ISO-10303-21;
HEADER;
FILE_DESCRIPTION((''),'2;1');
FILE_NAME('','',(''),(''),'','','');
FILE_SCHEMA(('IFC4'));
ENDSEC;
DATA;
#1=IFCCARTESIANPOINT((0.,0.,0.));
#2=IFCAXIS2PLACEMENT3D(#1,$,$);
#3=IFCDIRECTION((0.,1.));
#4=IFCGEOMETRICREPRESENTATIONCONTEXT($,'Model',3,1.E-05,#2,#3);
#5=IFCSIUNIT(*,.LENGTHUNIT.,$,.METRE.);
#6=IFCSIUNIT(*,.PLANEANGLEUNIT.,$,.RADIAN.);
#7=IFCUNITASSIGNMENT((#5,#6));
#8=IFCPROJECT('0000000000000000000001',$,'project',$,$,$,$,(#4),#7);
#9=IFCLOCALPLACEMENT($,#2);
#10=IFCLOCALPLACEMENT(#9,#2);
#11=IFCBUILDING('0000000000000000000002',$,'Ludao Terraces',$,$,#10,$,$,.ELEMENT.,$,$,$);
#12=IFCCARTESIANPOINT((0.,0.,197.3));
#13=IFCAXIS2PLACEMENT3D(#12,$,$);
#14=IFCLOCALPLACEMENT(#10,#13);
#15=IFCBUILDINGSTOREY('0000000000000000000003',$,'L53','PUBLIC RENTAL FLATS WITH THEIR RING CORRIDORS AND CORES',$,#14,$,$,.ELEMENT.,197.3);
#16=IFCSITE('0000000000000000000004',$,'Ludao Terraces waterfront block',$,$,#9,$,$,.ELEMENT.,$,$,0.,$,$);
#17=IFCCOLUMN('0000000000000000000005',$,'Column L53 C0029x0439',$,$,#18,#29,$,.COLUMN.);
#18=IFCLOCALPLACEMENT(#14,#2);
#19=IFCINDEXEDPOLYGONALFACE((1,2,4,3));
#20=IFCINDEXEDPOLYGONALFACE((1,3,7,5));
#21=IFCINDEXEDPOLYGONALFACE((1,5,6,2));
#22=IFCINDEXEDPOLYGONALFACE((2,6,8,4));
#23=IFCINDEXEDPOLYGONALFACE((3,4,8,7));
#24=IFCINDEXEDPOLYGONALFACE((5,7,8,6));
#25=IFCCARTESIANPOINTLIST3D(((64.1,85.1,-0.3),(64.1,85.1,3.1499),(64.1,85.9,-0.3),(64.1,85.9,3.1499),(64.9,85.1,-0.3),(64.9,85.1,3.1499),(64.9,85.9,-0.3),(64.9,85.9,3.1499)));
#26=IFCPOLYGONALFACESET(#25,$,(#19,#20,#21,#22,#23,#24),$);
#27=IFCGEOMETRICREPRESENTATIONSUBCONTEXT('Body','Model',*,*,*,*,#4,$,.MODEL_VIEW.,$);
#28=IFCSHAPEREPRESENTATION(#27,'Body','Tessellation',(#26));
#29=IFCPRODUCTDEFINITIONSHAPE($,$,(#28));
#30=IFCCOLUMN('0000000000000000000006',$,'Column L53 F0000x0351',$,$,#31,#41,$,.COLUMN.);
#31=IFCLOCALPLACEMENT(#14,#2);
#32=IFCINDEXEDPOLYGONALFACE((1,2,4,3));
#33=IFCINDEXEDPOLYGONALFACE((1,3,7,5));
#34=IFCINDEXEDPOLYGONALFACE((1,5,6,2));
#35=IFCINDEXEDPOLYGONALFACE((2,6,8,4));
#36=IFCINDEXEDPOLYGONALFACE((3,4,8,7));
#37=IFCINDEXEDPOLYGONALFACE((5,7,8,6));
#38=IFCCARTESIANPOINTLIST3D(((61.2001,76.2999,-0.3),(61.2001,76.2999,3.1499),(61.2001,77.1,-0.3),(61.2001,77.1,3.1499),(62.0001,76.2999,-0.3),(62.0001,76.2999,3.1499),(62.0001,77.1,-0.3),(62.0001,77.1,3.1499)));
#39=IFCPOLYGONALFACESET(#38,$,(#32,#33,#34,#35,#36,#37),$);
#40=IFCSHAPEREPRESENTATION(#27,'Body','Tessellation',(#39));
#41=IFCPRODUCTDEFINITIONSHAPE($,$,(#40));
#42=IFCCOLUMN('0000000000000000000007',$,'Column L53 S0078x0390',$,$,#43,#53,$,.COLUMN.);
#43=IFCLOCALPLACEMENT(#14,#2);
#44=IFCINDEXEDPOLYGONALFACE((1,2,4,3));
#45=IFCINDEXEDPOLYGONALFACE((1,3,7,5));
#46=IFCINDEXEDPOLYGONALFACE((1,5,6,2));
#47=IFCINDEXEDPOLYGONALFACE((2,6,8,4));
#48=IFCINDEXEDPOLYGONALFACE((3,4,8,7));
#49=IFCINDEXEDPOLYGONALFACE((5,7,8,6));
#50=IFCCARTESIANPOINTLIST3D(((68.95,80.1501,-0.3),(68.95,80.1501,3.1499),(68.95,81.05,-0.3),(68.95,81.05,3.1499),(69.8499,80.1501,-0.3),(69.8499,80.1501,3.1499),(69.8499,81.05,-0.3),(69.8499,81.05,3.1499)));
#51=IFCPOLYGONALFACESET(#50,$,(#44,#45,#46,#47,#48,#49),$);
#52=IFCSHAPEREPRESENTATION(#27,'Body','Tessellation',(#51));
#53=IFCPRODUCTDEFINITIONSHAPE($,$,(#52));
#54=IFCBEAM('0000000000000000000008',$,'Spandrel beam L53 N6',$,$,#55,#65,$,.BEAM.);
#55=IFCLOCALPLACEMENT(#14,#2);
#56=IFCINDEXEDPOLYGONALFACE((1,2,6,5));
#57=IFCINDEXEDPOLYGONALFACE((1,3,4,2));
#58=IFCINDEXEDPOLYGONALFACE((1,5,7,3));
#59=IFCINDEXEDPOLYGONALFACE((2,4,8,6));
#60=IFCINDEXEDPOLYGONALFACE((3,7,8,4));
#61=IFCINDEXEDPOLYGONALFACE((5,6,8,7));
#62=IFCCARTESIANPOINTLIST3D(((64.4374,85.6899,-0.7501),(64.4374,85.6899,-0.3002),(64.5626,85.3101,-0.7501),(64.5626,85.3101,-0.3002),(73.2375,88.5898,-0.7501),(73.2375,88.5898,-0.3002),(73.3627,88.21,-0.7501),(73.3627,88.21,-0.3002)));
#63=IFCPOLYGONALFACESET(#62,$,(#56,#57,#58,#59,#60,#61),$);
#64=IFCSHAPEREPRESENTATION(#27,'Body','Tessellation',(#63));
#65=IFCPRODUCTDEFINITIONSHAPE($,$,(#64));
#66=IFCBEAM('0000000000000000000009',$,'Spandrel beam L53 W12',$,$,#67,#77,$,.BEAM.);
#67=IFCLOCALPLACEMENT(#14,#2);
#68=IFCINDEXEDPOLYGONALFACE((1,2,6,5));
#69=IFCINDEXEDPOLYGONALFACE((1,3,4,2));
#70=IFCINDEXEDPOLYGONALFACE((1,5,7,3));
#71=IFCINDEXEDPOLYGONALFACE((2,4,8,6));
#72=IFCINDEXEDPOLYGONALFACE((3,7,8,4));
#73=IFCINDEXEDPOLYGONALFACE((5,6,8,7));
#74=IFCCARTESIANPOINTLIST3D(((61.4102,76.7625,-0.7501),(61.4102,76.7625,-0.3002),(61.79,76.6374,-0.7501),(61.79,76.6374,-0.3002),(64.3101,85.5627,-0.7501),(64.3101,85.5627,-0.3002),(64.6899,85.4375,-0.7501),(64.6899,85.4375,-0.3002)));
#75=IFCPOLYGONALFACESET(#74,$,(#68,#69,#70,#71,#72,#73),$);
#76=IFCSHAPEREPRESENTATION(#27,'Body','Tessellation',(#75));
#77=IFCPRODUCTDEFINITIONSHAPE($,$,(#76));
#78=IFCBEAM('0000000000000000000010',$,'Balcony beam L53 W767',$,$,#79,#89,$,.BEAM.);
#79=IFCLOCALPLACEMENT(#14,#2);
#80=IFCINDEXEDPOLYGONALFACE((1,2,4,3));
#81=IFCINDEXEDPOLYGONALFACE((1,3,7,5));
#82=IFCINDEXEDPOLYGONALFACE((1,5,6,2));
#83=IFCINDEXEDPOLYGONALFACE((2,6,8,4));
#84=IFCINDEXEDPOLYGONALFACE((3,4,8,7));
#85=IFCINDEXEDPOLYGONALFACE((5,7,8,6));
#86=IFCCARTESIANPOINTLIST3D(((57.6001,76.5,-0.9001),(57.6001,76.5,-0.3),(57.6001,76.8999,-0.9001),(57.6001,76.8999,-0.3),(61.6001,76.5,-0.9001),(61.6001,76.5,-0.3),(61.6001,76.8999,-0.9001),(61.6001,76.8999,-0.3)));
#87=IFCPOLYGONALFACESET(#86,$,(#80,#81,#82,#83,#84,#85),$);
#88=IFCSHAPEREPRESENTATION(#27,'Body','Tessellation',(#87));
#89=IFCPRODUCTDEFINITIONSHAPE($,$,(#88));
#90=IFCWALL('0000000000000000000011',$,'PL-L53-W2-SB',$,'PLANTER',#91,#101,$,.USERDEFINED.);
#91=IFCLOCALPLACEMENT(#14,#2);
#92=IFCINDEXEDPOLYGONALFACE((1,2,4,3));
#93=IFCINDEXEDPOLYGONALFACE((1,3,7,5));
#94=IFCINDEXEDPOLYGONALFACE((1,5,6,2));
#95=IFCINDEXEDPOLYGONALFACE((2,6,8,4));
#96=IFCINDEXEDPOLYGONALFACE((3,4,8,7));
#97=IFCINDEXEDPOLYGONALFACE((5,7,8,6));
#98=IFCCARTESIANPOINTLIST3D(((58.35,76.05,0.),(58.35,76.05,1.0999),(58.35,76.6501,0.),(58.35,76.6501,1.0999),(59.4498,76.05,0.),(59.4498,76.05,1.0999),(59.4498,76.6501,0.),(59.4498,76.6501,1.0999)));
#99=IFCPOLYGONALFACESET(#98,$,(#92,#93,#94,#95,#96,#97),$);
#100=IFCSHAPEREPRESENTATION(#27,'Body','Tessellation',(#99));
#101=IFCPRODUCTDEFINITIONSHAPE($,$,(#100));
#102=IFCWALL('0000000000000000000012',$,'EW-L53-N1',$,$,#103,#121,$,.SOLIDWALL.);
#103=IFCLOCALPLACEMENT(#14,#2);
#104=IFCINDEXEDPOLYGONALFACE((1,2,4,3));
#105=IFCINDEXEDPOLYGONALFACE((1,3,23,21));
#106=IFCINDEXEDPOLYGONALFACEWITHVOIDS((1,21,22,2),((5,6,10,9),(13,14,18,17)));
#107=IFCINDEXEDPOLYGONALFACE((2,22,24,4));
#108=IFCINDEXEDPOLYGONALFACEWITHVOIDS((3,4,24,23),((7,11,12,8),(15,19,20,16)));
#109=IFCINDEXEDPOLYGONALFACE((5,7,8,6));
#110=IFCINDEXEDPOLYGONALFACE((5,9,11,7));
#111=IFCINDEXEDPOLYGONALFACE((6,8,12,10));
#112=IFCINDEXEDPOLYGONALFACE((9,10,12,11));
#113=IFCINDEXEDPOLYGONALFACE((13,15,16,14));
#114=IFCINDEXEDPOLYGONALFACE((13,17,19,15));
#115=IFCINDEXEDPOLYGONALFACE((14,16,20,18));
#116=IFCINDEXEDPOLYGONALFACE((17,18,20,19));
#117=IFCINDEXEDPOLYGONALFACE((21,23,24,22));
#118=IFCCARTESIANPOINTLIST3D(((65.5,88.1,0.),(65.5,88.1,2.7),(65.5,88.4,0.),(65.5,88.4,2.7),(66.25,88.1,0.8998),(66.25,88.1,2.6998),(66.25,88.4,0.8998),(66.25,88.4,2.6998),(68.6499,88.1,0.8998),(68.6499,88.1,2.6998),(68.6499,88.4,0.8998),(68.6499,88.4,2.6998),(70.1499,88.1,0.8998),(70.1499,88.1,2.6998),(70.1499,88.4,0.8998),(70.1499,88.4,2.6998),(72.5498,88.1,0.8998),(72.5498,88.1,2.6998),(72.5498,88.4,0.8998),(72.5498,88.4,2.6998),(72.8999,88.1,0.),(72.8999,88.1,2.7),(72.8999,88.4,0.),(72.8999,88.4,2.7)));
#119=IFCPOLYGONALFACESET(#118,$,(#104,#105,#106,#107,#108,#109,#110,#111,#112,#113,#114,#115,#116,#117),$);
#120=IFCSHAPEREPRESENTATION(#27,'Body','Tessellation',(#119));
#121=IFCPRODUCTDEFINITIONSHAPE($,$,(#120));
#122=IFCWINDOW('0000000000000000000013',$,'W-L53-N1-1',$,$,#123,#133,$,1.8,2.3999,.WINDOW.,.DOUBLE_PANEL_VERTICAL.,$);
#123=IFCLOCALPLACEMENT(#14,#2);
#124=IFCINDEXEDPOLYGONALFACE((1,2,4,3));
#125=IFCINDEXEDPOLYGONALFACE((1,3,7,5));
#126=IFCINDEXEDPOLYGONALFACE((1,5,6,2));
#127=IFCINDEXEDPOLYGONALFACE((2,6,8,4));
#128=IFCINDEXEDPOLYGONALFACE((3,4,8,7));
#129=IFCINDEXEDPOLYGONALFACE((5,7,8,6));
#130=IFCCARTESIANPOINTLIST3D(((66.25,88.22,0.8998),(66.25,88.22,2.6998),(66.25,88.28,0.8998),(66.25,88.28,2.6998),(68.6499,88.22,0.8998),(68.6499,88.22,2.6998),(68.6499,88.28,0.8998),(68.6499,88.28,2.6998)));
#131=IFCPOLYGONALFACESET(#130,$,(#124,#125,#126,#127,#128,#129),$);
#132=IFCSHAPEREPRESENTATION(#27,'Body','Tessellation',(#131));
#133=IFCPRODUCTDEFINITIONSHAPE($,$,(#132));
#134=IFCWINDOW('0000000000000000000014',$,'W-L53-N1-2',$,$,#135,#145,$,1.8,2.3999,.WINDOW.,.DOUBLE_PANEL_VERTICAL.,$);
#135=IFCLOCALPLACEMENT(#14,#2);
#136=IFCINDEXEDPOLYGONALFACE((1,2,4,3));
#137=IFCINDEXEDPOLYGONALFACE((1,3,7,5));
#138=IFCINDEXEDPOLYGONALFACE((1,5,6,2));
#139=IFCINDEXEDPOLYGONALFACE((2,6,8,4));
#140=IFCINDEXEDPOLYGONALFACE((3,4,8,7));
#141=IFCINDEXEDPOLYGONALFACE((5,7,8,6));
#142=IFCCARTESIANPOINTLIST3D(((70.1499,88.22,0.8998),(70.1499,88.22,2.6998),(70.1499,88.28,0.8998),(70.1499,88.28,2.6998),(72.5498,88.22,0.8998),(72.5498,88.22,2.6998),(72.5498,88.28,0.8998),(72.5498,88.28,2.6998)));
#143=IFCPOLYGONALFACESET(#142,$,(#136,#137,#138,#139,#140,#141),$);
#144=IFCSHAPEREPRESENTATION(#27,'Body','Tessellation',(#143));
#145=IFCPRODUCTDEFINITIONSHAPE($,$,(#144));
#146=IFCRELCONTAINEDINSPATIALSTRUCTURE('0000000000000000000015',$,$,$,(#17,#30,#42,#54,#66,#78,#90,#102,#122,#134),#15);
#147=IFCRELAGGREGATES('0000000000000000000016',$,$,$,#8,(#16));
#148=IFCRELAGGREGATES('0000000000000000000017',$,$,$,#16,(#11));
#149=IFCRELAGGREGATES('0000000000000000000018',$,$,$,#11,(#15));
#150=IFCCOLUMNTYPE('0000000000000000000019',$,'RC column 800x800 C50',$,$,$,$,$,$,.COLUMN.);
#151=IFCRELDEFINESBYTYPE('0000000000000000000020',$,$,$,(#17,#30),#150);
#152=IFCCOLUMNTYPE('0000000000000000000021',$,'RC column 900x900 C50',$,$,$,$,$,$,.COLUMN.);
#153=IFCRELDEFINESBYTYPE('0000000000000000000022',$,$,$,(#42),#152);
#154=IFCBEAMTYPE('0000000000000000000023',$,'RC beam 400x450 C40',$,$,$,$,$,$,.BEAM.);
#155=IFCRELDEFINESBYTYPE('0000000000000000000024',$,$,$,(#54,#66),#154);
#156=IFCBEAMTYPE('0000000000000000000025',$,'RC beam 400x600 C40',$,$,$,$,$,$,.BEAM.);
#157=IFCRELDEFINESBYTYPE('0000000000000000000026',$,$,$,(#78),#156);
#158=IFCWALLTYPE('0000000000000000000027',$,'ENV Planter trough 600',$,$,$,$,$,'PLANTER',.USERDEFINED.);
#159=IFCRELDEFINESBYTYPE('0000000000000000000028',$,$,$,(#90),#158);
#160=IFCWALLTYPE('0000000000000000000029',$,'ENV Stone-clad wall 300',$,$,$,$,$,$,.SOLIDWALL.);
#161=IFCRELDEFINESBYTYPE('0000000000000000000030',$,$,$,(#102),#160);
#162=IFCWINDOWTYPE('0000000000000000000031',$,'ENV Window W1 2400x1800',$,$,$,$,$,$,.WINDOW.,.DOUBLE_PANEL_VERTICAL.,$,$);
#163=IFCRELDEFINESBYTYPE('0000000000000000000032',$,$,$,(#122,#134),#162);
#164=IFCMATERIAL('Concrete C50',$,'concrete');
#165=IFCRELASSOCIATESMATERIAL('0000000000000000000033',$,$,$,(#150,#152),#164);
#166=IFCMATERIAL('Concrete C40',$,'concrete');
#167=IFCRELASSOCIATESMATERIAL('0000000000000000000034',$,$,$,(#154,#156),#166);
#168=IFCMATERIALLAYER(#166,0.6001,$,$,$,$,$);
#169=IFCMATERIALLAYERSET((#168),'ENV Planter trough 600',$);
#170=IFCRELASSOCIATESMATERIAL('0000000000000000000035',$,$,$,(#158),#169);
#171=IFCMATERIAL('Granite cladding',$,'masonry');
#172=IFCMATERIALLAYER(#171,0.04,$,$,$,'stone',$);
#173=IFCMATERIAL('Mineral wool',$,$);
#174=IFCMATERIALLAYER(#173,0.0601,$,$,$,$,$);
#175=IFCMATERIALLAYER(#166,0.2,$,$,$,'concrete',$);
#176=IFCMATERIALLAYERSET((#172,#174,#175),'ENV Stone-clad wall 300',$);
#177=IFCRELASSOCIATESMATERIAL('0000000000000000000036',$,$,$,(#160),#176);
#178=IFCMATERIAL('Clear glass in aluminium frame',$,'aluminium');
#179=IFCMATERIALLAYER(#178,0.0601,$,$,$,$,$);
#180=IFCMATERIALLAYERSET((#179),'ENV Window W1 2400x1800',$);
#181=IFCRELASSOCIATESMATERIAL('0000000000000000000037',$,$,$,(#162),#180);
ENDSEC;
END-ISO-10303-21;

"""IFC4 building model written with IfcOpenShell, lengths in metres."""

from ifc_helpers import new_model, si_unit, direction, frame, frame_2d, origin, origin_2d, place, context, subcontext, project, spatial, rectangle, extrude, material, layer, layer_set, material_profile, profile_set, type_object, element, fill, save


model = new_model("IFC4")

# Units and contexts
model_context = context("Model", 3, precision=1e-05, world=origin(), true_north=direction((0.0, 1.0)))
body_context = subcontext(model_context, "Body", "Model", "MODEL_VIEW")
ifc_project = project(units=[si_unit("LENGTHUNIT", "METRE"), si_unit("PLANEANGLEUNIT", "RADIAN")], contexts=[model_context])

# Site, building, storey
site_placement = place(None, origin())
site = spatial("IfcSite", under=ifc_project, at=site_placement, Name="Ludao Terraces waterfront block", CompositionType="ELEMENT", RefElevation=0.0)
building_placement = place(site_placement, origin())
building = spatial("IfcBuilding", under=site, at=building_placement, Name="Ludao Terraces", CompositionType="ELEMENT")
storey_placement = place(building_placement, frame((0.0, 0.0, 197.3)))
storey = spatial("IfcBuildingStorey", under=building, at=storey_placement, Name="L53", Description="PUBLIC RENTAL FLATS WITH THEIR RING CORRIDORS AND CORES", CompositionType="ELEMENT", Elevation=197.3)

# Columns
ifc_material_1 = material(Name="Concrete C50", Category="concrete")
ifc_material_profile_1 = material_profile(ifc_material_1, rectangle(XDim=0.8, YDim=0.8, at=origin_2d()), Name="800 X 800")
ifc_profile_set_1 = profile_set([ifc_material_profile_1], Name="Concrete C50")
column_type_1 = type_object("IfcColumnType", Name="RC column 800x800 C50", PredefinedType="COLUMN", material=ifc_profile_set_1)
for number, where, z_axis, x_axis, name in (
    (1, (64.5, 85.5, -0.3), (0.0, 0.0, 1.0), (1.0, 0.0, 0.0), "Column L53 C0029x0439"),
    (2, (61.6001, 76.7, -0.3), (0.0, 0.0, 1.0), (1.0, 0.0, 0.0), "Column L53 F0000x0351"),
):
    element("IfcColumn", number, at=place(storey_placement, frame(where, z_axis=z_axis, x_axis=x_axis)), inside=storey, type_object=column_type_1, Name=name, PredefinedType="COLUMN", context=body_context, shape_type="SweptSolid", body=[
        extrude(rectangle(XDim=0.8, YDim=0.8, at=origin_2d()), origin(), (0.0, 0.0, 1.0), 3.45),
    ])
ifc_material_profile_2 = material_profile(ifc_material_1, rectangle(XDim=0.8999, YDim=0.8999, at=origin_2d()), Name="900 X 900")
ifc_profile_set_2 = profile_set([ifc_material_profile_2], Name="Concrete C50")
column_type_2 = type_object("IfcColumnType", Name="RC column 900x900 C50", PredefinedType="COLUMN", material=ifc_profile_set_2)
column_placement = place(storey_placement, frame((69.3999, 80.6001, -0.3), z_axis=(0.0, 0.0, 1.0), x_axis=(1.0, 0.0, 0.0)))
element("IfcColumn", 3, at=column_placement, inside=storey, type_object=column_type_2, Name="Column L53 S0078x0390", PredefinedType="COLUMN", context=body_context, shape_type="SweptSolid", body=[
    extrude(rectangle(XDim=0.8999, YDim=0.8999, at=origin_2d()), origin(), (0.0, 0.0, 1.0), 3.45),
])

# Beams
ifc_material_2 = material(Name="Concrete C40", Category="concrete")
ifc_material_profile_3 = material_profile(ifc_material_2, rectangle(XDim=0.3999, YDim=0.45, at=origin_2d()), Name="400 X 450")
ifc_profile_set_3 = profile_set([ifc_material_profile_3], Name="Concrete C40")
beam_type_1 = type_object("IfcBeamType", Name="RC beam 400x450 C40", PredefinedType="BEAM", material=ifc_profile_set_3)
for number, where, z_axis, x_axis, name in (
    (4, (64.5, 85.5, -0.5251), (0.949761, 0.312977, 0.0), (-0.312977, 0.949761, 0.0), "Spandrel beam L53 N6"),
    (5, (61.6001, 76.7, -0.5251), (0.312977, 0.949761, 0.0), (-0.949761, 0.312977, 0.0), "Spandrel beam L53 W12"),
):
    element("IfcBeam", number, at=place(storey_placement, frame(where, z_axis=z_axis, x_axis=x_axis)), inside=storey, type_object=beam_type_1, Name=name, PredefinedType="BEAM", context=body_context, shape_type="SweptSolid", body=[
        extrude(rectangle(XDim=0.3999, YDim=0.45, at=origin_2d()), origin(), (0.0, 0.0, 1.0), 9.2656),
    ])
ifc_material_profile_4 = material_profile(ifc_material_2, rectangle(XDim=0.3999, YDim=0.6001, at=origin_2d()), Name="400 X 600")
ifc_profile_set_4 = profile_set([ifc_material_profile_4], Name="Concrete C40")
beam_type_2 = type_object("IfcBeamType", Name="RC beam 400x600 C40", PredefinedType="BEAM", material=ifc_profile_set_4)
beam_placement = place(storey_placement, frame((61.6001, 76.7, -0.6001), z_axis=(-1.0, 0.0, 0.0), x_axis=(0.0, -1.0, 0.0)))
element("IfcBeam", 6, at=beam_placement, inside=storey, type_object=beam_type_2, Name="Balcony beam L53 W767", PredefinedType="BEAM", context=body_context, shape_type="SweptSolid", body=[
    extrude(rectangle(XDim=0.3999, YDim=0.6001, at=origin_2d()), origin(), (0.0, 0.0, 1.0), 4.0),
])

# Wall
ifc_layer_1 = layer(ifc_material_2, 0.6001)
ifc_layer_set_1 = layer_set([ifc_layer_1], Name="ENV Planter trough 600")
wall_type_1 = type_object("IfcWallType", Name="ENV Planter trough 600", ElementType="PLANTER", PredefinedType="USERDEFINED", material=ifc_layer_set_1)
wall_1_placement = place(storey_placement, frame((58.3501, 76.3501, 0.0), z_axis=(0.0, 0.0, 1.0), x_axis=(1.0, 0.0, 0.0)))
element("IfcWall", 7, at=wall_1_placement, inside=storey, type_object=wall_type_1, Name="PL-L53-W2-SB", ObjectType="PLANTER", PredefinedType="USERDEFINED", context=body_context, shape_type="SweptSolid", body=[
    extrude(rectangle(XDim=1.0999, YDim=0.6001, at=frame_2d((0.5498, 0.0))), origin(), (0.0, 0.0, 1.0), 1.0999),
])

# Wall, openings, windows
ifc_material_3 = material(Name="Granite cladding", Category="masonry")
ifc_layer_2 = layer(ifc_material_3, 0.04, Category="stone")
ifc_material_4 = material(Name="Mineral wool")
ifc_layer_3 = layer(ifc_material_4, 0.0601)
ifc_layer_4 = layer(ifc_material_2, 0.2, Category="concrete")
ifc_layer_set_2 = layer_set([ifc_layer_2, ifc_layer_3, ifc_layer_4], Name="ENV Stone-clad wall 300")
wall_type_2 = type_object("IfcWallType", Name="ENV Stone-clad wall 300", PredefinedType="SOLIDWALL", material=ifc_layer_set_2)
wall_2_placement = place(storey_placement, frame((65.5, 88.25, 0.0), z_axis=(0.0, 0.0, 1.0), x_axis=(1.0, 0.0, 0.0)))
wall_2 = element("IfcWall", 8, at=wall_2_placement, inside=storey, type_object=wall_type_2, Name="EW-L53-N1", PredefinedType="SOLIDWALL", context=body_context, shape_type="SweptSolid", body=[
    extrude(rectangle(XDim=7.3999, YDim=0.3, at=frame_2d((3.7, 0.0))), origin(), (0.0, 0.0, 1.0), 2.7),
])
opening_1_placement = place(wall_2_placement, frame((0.75, 0.0, 0.8999)))
opening_1 = element("IfcOpeningElement", 9, at=opening_1_placement, cuts=wall_2, PredefinedType="OPENING", context=body_context, shape_type="SweptSolid", body=[
    extrude(rectangle(XDim=2.3999, YDim=1.8, at=frame_2d((1.2, 0.8999))), frame((0.0, 0.1602, 0.0), z_axis=(0.0, -1.0, 0.0), x_axis=(1.0, 0.0, 0.0)), (0.0, 0.0, 1.0), 0.3201),
])
opening_2_placement = place(wall_2_placement, frame((4.6499, 0.0, 0.8999)))
opening_2 = element("IfcOpeningElement", 10, at=opening_2_placement, cuts=wall_2, PredefinedType="OPENING", context=body_context, shape_type="SweptSolid", body=[
    extrude(rectangle(XDim=2.3999, YDim=1.8, at=frame_2d((1.2, 0.8999))), frame((0.0, 0.1602, 0.0), z_axis=(0.0, -1.0, 0.0), x_axis=(1.0, 0.0, 0.0)), (0.0, 0.0, 1.0), 0.3201),
])
ifc_material_5 = material(Name="Clear glass in aluminium frame", Category="aluminium")
ifc_layer_5 = layer(ifc_material_5, 0.0601)
ifc_layer_set_3 = layer_set([ifc_layer_5], Name="ENV Window W1 2400x1800")
window_type_1 = type_object("IfcWindowType", Name="ENV Window W1 2400x1800", PartitioningType="DOUBLE_PANEL_VERTICAL", PredefinedType="WINDOW", material=ifc_layer_set_3)
window_1_placement = place(opening_1_placement, origin())
window_1 = element("IfcWindow", 11, at=window_1_placement, inside=storey, type_object=window_type_1, Name="W-L53-N1-1", OverallHeight=1.8, OverallWidth=2.3999, PartitioningType="DOUBLE_PANEL_VERTICAL", PredefinedType="WINDOW", context=body_context, shape_type="SweptSolid", body=[
    extrude(rectangle(XDim=2.3999, YDim=1.8, at=frame_2d((1.2, 0.8999))), frame((0.0, 0.03, 0.0), z_axis=(0.0, -1.0, 0.0), x_axis=(1.0, 0.0, 0.0)), (0.0, 0.0, 1.0), 0.0601),
])
fill(opening_1, window_1)
window_2_placement = place(opening_2_placement, origin())
window_2 = element("IfcWindow", 12, at=window_2_placement, inside=storey, type_object=window_type_1, Name="W-L53-N1-2", OverallHeight=1.8, OverallWidth=2.3999, PartitioningType="DOUBLE_PANEL_VERTICAL", PredefinedType="WINDOW", context=body_context, shape_type="SweptSolid", body=[
    extrude(rectangle(XDim=2.3999, YDim=1.8, at=frame_2d((1.2, 0.8999))), frame((0.0, 0.03, 0.0), z_axis=(0.0, -1.0, 0.0), x_axis=(1.0, 0.0, 0.0)), (0.0, 0.0, 1.0), 0.0601),
])
fill(opening_2, window_2)

save(model, "model.ifc")
